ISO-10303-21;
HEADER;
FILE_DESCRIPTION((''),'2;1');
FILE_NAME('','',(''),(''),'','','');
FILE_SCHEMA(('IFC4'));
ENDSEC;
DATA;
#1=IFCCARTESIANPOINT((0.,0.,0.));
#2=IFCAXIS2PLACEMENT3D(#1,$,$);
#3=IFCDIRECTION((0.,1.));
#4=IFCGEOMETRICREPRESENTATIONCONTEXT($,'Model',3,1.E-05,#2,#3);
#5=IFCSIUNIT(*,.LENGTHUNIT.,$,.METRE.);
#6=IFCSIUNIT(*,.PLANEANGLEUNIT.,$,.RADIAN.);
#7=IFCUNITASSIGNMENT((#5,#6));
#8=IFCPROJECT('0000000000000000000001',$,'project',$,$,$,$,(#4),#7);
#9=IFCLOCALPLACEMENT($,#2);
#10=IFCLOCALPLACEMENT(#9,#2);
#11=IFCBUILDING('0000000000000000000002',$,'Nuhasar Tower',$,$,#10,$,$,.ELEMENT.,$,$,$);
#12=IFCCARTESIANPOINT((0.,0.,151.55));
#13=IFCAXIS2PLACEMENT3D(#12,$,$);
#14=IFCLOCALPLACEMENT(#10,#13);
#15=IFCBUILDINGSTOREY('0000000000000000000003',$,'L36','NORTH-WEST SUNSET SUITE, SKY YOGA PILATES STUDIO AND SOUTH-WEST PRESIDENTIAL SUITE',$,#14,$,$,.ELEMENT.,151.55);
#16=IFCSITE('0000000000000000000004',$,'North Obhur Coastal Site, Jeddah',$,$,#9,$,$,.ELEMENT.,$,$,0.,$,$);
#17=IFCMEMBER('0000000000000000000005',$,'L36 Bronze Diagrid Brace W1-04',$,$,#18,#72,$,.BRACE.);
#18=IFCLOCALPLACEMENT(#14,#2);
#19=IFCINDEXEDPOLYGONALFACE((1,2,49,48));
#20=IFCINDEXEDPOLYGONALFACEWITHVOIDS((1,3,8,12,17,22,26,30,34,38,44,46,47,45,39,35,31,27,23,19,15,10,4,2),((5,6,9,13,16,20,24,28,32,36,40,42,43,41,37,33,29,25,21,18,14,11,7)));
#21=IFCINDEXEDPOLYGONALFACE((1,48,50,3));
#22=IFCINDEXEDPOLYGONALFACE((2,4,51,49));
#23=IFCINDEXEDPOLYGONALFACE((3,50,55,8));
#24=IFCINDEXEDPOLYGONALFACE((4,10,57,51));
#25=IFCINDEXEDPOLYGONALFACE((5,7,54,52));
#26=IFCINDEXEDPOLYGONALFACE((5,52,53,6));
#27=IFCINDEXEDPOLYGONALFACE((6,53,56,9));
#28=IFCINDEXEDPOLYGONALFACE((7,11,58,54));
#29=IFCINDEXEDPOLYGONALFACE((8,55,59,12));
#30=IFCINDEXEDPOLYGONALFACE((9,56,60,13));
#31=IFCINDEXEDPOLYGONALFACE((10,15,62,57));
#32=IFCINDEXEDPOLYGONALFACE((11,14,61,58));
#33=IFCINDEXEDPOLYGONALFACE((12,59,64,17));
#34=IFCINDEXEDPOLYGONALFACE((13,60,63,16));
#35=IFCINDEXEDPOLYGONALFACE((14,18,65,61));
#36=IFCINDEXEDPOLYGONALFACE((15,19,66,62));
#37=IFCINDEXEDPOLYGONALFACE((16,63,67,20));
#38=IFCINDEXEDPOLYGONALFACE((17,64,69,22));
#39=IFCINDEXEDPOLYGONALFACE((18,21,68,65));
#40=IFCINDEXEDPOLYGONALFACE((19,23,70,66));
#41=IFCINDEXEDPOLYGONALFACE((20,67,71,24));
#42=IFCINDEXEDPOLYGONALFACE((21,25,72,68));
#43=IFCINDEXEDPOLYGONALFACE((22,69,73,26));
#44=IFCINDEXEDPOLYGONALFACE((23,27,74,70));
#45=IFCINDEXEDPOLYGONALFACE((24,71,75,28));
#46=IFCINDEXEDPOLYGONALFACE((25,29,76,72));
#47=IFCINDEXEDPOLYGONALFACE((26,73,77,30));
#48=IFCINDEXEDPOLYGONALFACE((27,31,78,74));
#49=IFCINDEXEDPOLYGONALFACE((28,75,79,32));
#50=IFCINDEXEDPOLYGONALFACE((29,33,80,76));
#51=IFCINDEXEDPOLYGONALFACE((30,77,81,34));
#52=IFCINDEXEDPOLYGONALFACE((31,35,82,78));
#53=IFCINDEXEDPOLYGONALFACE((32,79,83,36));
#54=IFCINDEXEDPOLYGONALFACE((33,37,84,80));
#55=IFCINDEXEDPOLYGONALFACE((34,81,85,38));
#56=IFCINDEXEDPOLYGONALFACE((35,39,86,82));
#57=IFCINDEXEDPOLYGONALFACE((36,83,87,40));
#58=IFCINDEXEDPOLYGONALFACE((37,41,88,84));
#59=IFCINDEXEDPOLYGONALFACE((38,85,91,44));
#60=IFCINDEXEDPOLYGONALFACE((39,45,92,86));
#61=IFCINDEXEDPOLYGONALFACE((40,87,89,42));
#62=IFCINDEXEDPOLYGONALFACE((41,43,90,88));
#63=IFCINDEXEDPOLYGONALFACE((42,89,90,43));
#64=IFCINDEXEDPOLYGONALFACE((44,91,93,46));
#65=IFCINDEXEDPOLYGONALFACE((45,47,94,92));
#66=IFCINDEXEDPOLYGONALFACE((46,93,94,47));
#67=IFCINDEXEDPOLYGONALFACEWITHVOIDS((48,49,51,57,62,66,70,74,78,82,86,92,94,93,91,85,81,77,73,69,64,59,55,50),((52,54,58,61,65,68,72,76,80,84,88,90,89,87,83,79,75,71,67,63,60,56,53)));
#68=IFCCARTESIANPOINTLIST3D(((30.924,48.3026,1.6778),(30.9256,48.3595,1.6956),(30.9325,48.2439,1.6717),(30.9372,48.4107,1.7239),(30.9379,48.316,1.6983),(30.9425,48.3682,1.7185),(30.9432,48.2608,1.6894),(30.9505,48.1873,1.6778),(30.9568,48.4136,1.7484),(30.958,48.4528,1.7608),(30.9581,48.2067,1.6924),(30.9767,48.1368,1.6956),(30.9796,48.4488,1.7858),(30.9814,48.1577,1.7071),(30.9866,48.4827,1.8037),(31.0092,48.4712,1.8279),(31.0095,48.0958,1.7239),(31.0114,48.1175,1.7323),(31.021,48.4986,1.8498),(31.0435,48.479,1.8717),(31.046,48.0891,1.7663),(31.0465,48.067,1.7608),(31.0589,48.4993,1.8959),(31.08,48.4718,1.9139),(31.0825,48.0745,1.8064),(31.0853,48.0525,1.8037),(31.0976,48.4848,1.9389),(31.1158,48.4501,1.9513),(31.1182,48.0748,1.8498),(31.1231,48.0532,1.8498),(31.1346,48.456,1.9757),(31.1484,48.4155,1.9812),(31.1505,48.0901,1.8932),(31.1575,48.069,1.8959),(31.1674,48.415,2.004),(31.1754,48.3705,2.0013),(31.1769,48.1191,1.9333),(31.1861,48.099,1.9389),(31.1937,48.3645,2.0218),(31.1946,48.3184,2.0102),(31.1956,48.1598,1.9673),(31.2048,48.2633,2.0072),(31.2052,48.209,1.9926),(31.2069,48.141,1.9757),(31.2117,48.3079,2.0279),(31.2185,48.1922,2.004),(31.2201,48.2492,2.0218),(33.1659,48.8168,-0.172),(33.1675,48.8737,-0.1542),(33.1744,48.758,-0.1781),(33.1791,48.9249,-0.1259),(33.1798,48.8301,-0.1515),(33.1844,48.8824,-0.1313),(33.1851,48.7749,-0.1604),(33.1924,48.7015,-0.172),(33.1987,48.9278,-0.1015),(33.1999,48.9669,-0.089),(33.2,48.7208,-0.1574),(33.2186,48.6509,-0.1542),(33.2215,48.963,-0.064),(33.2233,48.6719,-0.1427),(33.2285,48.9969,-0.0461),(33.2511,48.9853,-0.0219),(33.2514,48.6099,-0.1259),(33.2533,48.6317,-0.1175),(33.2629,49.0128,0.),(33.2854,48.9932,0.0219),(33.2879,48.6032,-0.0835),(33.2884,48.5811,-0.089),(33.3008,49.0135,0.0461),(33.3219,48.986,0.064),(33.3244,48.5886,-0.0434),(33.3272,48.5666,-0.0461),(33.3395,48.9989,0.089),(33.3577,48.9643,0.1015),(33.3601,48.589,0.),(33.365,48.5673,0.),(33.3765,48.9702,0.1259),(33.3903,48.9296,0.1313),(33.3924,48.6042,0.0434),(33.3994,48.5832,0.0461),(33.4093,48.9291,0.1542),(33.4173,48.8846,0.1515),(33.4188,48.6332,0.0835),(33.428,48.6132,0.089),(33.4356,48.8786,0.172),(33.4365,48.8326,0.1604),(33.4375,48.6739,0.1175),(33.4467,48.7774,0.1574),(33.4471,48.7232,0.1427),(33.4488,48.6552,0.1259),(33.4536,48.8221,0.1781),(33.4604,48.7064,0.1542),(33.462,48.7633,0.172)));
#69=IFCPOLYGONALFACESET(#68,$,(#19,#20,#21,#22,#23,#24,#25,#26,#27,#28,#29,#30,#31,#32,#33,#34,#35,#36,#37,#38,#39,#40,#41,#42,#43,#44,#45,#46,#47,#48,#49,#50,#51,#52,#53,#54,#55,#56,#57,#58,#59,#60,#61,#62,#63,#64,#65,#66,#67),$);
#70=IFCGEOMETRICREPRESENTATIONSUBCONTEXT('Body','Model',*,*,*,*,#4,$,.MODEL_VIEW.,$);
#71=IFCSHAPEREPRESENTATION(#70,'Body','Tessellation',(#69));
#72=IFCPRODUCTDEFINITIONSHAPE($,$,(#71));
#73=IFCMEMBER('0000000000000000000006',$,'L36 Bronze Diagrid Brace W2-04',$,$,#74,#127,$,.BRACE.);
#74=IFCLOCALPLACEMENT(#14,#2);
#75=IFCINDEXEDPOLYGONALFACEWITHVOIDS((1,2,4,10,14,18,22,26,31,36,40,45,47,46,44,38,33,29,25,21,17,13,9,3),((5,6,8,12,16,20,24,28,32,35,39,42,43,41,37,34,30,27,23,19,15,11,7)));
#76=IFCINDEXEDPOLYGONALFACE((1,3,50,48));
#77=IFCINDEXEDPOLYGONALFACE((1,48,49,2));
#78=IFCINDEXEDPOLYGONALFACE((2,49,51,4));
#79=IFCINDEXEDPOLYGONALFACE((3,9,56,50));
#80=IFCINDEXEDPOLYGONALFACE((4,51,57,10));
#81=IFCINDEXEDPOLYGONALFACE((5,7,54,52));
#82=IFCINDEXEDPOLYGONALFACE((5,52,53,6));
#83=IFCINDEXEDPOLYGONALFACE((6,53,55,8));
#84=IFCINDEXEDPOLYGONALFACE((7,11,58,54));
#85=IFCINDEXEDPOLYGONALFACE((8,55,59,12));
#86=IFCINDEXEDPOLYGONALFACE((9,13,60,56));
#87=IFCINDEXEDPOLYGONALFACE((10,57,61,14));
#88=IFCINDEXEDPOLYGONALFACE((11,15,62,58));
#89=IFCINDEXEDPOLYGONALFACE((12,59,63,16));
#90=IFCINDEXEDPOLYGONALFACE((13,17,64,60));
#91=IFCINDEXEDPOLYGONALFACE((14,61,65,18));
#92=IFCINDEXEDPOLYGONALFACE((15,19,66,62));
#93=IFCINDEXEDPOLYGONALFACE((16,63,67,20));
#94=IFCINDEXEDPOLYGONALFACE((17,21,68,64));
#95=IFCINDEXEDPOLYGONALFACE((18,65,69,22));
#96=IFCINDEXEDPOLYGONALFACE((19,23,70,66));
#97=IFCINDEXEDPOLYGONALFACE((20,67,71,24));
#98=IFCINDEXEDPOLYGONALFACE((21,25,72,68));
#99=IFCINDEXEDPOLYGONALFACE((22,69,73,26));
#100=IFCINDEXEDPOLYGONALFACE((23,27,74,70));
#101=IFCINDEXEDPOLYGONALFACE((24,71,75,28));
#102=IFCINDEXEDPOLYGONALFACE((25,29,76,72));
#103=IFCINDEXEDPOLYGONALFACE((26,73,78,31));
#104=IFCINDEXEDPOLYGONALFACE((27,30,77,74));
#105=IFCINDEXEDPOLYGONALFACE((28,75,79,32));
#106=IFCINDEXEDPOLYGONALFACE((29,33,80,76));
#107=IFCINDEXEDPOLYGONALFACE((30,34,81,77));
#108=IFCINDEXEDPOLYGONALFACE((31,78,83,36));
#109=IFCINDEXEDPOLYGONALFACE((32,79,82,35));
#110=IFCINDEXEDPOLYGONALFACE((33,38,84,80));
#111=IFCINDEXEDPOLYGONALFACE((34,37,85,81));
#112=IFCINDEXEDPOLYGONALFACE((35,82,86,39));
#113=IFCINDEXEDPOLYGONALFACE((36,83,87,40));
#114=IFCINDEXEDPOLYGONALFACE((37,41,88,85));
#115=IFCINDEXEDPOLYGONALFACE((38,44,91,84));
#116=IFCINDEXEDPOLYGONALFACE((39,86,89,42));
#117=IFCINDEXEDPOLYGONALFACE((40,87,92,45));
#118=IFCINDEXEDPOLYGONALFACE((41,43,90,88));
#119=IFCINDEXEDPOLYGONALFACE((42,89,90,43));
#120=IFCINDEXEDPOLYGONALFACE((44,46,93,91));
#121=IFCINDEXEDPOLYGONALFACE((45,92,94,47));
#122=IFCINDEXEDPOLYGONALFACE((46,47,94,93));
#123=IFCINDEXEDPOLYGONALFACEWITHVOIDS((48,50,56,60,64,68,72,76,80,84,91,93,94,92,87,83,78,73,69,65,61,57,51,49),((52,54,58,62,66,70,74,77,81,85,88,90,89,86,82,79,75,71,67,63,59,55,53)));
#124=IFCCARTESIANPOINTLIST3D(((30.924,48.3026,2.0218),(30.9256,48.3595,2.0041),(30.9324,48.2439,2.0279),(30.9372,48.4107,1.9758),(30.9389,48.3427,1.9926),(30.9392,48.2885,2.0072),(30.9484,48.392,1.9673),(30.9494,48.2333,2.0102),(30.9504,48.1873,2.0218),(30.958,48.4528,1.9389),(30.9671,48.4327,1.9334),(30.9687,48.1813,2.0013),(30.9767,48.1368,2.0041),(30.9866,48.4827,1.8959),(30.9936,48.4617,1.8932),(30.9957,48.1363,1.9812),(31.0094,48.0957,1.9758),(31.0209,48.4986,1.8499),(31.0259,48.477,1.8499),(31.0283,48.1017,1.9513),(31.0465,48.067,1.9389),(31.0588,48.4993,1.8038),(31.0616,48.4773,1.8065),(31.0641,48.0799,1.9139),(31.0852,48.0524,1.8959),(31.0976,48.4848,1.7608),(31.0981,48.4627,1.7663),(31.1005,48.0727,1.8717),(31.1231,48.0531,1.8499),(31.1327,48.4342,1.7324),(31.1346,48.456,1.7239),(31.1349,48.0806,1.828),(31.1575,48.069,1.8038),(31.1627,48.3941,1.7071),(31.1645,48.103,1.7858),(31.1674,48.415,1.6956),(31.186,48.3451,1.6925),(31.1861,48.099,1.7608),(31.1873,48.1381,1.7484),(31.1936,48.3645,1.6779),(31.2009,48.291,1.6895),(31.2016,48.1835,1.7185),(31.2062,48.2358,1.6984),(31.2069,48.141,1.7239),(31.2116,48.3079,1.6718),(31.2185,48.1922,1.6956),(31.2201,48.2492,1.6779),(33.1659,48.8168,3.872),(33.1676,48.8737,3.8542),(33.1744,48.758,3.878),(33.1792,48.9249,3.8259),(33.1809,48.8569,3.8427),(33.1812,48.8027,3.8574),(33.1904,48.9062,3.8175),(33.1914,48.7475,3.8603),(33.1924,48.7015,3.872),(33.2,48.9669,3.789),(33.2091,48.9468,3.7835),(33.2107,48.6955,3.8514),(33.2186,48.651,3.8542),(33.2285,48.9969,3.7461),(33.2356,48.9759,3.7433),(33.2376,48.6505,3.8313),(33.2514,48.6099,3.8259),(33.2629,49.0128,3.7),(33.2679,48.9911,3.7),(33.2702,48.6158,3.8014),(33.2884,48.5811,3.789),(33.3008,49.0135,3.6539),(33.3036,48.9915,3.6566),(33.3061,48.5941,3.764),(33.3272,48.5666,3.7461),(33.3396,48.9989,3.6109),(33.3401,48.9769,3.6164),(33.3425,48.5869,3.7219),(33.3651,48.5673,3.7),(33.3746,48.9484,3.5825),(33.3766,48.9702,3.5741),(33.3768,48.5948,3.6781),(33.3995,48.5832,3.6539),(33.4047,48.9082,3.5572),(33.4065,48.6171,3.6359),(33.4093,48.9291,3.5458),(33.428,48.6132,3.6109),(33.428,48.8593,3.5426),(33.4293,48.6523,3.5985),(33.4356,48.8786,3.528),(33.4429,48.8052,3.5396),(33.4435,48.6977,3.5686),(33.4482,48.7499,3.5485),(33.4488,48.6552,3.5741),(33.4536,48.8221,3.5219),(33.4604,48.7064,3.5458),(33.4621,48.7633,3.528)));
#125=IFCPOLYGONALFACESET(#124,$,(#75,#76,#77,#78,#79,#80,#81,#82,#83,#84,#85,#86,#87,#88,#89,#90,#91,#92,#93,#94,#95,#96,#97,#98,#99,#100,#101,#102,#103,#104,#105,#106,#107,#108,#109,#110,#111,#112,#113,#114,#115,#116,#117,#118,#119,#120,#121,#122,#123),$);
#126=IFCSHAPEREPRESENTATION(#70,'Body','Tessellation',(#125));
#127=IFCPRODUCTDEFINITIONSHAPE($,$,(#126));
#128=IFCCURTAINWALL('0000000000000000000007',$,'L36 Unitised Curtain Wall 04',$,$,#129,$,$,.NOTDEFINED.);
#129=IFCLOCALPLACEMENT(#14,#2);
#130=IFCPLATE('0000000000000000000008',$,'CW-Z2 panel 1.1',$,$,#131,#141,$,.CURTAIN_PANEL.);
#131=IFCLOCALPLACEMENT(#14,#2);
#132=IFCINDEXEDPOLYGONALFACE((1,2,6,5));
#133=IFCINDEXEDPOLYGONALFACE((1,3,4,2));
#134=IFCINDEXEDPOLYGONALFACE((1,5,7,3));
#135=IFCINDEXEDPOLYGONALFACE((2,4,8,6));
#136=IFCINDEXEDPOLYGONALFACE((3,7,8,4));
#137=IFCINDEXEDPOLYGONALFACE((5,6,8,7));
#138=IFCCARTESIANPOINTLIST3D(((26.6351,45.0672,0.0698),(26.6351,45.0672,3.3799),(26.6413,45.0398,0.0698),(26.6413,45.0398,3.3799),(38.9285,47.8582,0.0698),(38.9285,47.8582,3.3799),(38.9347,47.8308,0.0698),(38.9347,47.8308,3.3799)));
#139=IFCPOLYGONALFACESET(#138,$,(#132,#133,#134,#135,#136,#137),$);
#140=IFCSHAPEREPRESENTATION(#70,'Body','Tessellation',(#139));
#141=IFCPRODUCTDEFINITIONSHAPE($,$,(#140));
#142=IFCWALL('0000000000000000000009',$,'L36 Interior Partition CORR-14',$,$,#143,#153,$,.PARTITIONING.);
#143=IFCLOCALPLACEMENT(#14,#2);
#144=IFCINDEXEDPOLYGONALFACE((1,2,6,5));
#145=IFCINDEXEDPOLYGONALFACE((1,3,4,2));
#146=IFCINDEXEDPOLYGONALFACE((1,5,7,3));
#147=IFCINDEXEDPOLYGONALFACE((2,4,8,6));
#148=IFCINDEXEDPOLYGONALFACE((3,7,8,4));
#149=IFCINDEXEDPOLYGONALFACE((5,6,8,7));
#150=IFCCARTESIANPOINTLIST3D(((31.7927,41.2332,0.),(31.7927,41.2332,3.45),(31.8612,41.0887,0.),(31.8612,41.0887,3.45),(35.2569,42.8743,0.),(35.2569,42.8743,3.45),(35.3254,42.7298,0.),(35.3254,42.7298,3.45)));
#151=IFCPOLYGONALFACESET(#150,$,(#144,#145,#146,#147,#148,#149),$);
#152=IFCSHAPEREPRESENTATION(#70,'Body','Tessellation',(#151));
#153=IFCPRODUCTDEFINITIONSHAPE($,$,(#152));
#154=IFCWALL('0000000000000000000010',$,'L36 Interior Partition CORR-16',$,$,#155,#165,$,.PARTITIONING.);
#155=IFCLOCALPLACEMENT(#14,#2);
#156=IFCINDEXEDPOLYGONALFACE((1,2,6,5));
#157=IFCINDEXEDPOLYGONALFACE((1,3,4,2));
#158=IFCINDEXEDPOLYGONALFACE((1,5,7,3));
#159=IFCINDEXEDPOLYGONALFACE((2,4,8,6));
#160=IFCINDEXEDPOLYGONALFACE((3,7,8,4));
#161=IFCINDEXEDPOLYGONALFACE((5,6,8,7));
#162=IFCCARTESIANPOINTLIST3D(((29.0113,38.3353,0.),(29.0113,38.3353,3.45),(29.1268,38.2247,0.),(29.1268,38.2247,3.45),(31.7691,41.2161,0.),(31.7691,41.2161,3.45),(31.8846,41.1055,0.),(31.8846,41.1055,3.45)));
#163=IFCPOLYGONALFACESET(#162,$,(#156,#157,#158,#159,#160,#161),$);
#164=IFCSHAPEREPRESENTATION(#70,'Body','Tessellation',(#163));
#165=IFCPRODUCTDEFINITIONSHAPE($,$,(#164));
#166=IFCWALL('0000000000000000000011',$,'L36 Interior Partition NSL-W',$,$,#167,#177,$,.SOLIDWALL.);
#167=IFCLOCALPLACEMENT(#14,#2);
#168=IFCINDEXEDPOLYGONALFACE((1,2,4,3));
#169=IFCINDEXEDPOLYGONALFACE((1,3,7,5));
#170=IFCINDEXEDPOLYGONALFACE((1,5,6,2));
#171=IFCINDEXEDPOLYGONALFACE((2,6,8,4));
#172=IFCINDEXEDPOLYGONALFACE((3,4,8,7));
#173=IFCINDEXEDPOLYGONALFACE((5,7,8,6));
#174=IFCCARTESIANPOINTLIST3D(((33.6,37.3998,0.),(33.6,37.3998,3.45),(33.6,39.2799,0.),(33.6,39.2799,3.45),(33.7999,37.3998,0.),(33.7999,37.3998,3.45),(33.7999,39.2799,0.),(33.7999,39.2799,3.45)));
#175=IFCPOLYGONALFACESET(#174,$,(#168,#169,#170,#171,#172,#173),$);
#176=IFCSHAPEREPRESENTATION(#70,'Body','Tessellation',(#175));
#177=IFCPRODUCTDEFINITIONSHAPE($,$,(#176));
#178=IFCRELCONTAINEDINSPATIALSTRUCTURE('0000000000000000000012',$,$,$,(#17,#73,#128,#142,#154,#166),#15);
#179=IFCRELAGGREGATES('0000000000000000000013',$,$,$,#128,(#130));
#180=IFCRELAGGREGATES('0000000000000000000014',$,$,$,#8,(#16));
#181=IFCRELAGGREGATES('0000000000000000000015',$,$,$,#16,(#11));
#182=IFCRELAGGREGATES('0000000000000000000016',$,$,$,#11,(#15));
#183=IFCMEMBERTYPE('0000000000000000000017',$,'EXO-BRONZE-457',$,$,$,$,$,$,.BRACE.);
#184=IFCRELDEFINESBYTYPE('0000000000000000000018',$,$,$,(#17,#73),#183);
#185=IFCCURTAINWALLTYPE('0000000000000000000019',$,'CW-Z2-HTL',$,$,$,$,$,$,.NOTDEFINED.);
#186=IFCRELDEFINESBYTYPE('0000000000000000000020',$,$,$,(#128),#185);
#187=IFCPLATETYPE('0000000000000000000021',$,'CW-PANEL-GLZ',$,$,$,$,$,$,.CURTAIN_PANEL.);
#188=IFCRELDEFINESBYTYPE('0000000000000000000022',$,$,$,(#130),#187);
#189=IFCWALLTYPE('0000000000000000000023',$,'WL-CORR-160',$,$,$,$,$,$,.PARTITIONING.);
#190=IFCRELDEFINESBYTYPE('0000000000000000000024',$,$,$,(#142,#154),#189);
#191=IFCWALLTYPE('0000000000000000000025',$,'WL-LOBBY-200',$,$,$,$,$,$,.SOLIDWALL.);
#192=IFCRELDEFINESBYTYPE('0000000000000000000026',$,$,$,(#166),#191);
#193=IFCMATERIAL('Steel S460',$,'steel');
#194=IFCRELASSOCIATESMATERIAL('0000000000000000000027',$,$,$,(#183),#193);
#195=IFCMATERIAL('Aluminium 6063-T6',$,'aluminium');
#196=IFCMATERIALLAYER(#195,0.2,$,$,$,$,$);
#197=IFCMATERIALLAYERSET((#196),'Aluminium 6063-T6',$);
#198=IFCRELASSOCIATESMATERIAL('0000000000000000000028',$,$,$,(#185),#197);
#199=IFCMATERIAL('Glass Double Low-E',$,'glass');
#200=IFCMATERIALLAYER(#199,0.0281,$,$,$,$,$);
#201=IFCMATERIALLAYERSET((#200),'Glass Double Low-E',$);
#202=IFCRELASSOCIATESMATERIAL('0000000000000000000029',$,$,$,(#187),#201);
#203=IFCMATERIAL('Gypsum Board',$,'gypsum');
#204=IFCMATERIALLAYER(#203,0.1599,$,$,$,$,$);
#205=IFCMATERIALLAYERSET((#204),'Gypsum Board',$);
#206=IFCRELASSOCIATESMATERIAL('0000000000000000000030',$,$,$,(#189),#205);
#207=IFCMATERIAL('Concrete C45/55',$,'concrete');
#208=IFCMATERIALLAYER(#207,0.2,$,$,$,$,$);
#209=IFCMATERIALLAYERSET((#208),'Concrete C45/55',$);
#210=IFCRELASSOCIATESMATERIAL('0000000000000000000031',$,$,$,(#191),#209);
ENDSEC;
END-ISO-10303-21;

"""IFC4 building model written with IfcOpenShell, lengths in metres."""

from ifc_helpers import new_model, si_unit, direction, frame, frame_2d, origin, origin_2d, place, context, subcontext, project, spatial, rectangle, hollow_circle, extrude, material, layer, layer_set, material_profile, profile_set, type_object, element, aggregate, save


model = new_model("IFC4")

# Units and contexts
model_context = context("Model", 3, precision=1e-05, world=origin(), true_north=direction((0.0, 1.0)))
body_context = subcontext(model_context, "Body", "Model", "MODEL_VIEW")
ifc_project = project(units=[si_unit("LENGTHUNIT", "METRE"), si_unit("PLANEANGLEUNIT", "RADIAN")], contexts=[model_context])

# Site, building, storey
site_placement = place(None, origin())
site = spatial("IfcSite", under=ifc_project, at=site_placement, Name="North Obhur Coastal Site, Jeddah", CompositionType="ELEMENT", RefElevation=0.0)
building_placement = place(site_placement, origin())
building = spatial("IfcBuilding", under=site, at=building_placement, Name="Nuhasar Tower", CompositionType="ELEMENT")
storey_placement = place(building_placement, frame((0.0, 0.0, 151.55)))
storey = spatial("IfcBuildingStorey", under=building, at=storey_placement, Name="L36", Description="NORTH-WEST SUNSET SUITE, SKY YOGA PILATES STUDIO AND SOUTH-WEST PRESIDENTIAL SUITE", CompositionType="ELEMENT", Elevation=151.55)

# Members
ifc_material_1 = material(Name="Steel S460", Category="steel")
ifc_material_profile_1 = material_profile(ifc_material_1, hollow_circle(Radius=0.2285, WallThickness=0.0222, at=origin_2d()), Name="HSS457X22.2")
ifc_profile_set_1 = profile_set([ifc_material_profile_1], Name="Steel S460")
member_type = type_object("IfcMemberType", Name="EXO-BRONZE-457", PredefinedType="BRACE", material=ifc_profile_set_1)
member_1_placement = place(storey_placement, frame((33.314, 48.79, 0.0), z_axis=(-0.759539, -0.17419, 0.626704), x_axis=(0.223534, -0.974696, 0.0)))
element("IfcMember", 1, at=member_1_placement, inside=storey, type_object=member_type, Name="L36 Bronze Diagrid Brace W1-04", PredefinedType="BRACE", context=body_context, shape_type="SweptSolid", body=[
    extrude(hollow_circle(Radius=0.2285, WallThickness=0.0222, at=origin_2d()), origin(), (0.0, 0.0, 1.0), 2.9517),
])
member_2_placement = place(storey_placement, frame((31.072, 48.2759, 1.8499), z_axis=(0.7595, 0.174181, 0.626755), x_axis=(-0.223534, 0.974696, 0.0)))
element("IfcMember", 2, at=member_2_placement, inside=storey, type_object=member_type, Name="L36 Bronze Diagrid Brace W2-04", PredefinedType="BRACE", context=body_context, shape_type="SweptSolid", body=[
    extrude(hollow_circle(Radius=0.2285, WallThickness=0.0222, at=origin_2d()), origin(), (0.0, 0.0, 1.0), 2.9519),
])

# Curtain wall, plate
ifc_material_2 = material(Name="Aluminium 6063-T6", Category="aluminium")
ifc_layer_1 = layer(ifc_material_2, 0.2)
ifc_layer_set_1 = layer_set([ifc_layer_1], Name="Aluminium 6063-T6")
curtain_wall_type = type_object("IfcCurtainWallType", Name="CW-Z2-HTL", PredefinedType="NOTDEFINED", material=ifc_layer_set_1)
curtain_wall_placement = place(storey_placement, origin())
curtain_wall = element("IfcCurtainWall", 3, at=curtain_wall_placement, inside=storey, type_object=curtain_wall_type, Name="L36 Unitised Curtain Wall 04", PredefinedType="NOTDEFINED")
ifc_material_3 = material(Name="Glass Double Low-E", Category="glass")
ifc_layer_2 = layer(ifc_material_3, 0.0281)
ifc_layer_set_2 = layer_set([ifc_layer_2], Name="Glass Double Low-E")
plate_type = type_object("IfcPlateType", Name="CW-PANEL-GLZ", PredefinedType="CURTAIN_PANEL", material=ifc_layer_set_2)
plate_placement = place(storey_placement, frame((32.7849, 46.449, 0.0698), z_axis=(0.0, 0.0, 1.0), x_axis=(-0.975184, -0.221397, 0.0)))
plate = element("IfcPlate", 4, at=plate_placement, type_object=plate_type, Name="CW-Z2 panel 1.1", PredefinedType="CURTAIN_PANEL", context=body_context, shape_type="SweptSolid", body=[
    extrude(rectangle(XDim=12.6062, YDim=0.0281, at=origin_2d()), origin(), (0.0, 0.0, 1.0), 3.3101),
])
aggregate(curtain_wall, [plate])

# Shared definitions
ifc_material_4 = material(Name="Gypsum Board", Category="gypsum")
ifc_layer_3 = layer(ifc_material_4, 0.1599)
ifc_layer_set_3 = layer_set([ifc_layer_3], Name="Gypsum Board")
wall_type_1 = type_object("IfcWallType", Name="WL-CORR-160", PredefinedType="PARTITIONING", material=ifc_layer_set_3)

# Walls
wall_1_placement = place(storey_placement, frame((35.291, 42.802, 0.0), z_axis=(0.0, 0.0, 1.0), x_axis=(-0.903716, -0.428133, 0.0)))
element("IfcWall", 5, at=wall_1_placement, inside=storey, type_object=wall_type_1, Name="L36 Interior Partition CORR-14", PredefinedType="PARTITIONING", context=body_context, shape_type="SweptSolid", body=[
    extrude(rectangle(XDim=3.8333, YDim=0.1599, at=frame_2d((1.9165, 0.0))), origin(), (0.0, 0.0, 1.0), 3.45),
])
wall_2_placement = place(storey_placement, frame((31.8269, 41.1609, 0.0), z_axis=(0.0, 0.0, 1.0), x_axis=(-0.691512, -0.722365, 0.0)))
element("IfcWall", 6, at=wall_2_placement, inside=storey, type_object=wall_type_1, Name="L36 Interior Partition CORR-16", PredefinedType="PARTITIONING", context=body_context, shape_type="SweptSolid", body=[
    extrude(rectangle(XDim=3.988, YDim=0.1599, at=frame_2d((1.9941, 0.0))), origin(), (0.0, 0.0, 1.0), 3.45),
])
ifc_material_5 = material(Name="Concrete C45/55", Category="concrete")
ifc_layer_4 = layer(ifc_material_5, 0.2)
ifc_layer_set_4 = layer_set([ifc_layer_4], Name="Concrete C45/55")
wall_type_2 = type_object("IfcWallType", Name="WL-LOBBY-200", PredefinedType="SOLIDWALL", material=ifc_layer_set_4)
wall_3_placement = place(storey_placement, frame((33.7, 37.3999, 0.0), z_axis=(0.0, 0.0, 1.0), x_axis=(0.0, 1.0, 0.0)))
element("IfcWall", 7, at=wall_3_placement, inside=storey, type_object=wall_type_2, Name="L36 Interior Partition NSL-W", PredefinedType="SOLIDWALL", context=body_context, shape_type="SweptSolid", body=[
    extrude(rectangle(XDim=1.8801, YDim=0.2, at=frame_2d((0.9399, 0.0))), origin(), (0.0, 0.0, 1.0), 3.45),
])

save(model, "model.ifc")
